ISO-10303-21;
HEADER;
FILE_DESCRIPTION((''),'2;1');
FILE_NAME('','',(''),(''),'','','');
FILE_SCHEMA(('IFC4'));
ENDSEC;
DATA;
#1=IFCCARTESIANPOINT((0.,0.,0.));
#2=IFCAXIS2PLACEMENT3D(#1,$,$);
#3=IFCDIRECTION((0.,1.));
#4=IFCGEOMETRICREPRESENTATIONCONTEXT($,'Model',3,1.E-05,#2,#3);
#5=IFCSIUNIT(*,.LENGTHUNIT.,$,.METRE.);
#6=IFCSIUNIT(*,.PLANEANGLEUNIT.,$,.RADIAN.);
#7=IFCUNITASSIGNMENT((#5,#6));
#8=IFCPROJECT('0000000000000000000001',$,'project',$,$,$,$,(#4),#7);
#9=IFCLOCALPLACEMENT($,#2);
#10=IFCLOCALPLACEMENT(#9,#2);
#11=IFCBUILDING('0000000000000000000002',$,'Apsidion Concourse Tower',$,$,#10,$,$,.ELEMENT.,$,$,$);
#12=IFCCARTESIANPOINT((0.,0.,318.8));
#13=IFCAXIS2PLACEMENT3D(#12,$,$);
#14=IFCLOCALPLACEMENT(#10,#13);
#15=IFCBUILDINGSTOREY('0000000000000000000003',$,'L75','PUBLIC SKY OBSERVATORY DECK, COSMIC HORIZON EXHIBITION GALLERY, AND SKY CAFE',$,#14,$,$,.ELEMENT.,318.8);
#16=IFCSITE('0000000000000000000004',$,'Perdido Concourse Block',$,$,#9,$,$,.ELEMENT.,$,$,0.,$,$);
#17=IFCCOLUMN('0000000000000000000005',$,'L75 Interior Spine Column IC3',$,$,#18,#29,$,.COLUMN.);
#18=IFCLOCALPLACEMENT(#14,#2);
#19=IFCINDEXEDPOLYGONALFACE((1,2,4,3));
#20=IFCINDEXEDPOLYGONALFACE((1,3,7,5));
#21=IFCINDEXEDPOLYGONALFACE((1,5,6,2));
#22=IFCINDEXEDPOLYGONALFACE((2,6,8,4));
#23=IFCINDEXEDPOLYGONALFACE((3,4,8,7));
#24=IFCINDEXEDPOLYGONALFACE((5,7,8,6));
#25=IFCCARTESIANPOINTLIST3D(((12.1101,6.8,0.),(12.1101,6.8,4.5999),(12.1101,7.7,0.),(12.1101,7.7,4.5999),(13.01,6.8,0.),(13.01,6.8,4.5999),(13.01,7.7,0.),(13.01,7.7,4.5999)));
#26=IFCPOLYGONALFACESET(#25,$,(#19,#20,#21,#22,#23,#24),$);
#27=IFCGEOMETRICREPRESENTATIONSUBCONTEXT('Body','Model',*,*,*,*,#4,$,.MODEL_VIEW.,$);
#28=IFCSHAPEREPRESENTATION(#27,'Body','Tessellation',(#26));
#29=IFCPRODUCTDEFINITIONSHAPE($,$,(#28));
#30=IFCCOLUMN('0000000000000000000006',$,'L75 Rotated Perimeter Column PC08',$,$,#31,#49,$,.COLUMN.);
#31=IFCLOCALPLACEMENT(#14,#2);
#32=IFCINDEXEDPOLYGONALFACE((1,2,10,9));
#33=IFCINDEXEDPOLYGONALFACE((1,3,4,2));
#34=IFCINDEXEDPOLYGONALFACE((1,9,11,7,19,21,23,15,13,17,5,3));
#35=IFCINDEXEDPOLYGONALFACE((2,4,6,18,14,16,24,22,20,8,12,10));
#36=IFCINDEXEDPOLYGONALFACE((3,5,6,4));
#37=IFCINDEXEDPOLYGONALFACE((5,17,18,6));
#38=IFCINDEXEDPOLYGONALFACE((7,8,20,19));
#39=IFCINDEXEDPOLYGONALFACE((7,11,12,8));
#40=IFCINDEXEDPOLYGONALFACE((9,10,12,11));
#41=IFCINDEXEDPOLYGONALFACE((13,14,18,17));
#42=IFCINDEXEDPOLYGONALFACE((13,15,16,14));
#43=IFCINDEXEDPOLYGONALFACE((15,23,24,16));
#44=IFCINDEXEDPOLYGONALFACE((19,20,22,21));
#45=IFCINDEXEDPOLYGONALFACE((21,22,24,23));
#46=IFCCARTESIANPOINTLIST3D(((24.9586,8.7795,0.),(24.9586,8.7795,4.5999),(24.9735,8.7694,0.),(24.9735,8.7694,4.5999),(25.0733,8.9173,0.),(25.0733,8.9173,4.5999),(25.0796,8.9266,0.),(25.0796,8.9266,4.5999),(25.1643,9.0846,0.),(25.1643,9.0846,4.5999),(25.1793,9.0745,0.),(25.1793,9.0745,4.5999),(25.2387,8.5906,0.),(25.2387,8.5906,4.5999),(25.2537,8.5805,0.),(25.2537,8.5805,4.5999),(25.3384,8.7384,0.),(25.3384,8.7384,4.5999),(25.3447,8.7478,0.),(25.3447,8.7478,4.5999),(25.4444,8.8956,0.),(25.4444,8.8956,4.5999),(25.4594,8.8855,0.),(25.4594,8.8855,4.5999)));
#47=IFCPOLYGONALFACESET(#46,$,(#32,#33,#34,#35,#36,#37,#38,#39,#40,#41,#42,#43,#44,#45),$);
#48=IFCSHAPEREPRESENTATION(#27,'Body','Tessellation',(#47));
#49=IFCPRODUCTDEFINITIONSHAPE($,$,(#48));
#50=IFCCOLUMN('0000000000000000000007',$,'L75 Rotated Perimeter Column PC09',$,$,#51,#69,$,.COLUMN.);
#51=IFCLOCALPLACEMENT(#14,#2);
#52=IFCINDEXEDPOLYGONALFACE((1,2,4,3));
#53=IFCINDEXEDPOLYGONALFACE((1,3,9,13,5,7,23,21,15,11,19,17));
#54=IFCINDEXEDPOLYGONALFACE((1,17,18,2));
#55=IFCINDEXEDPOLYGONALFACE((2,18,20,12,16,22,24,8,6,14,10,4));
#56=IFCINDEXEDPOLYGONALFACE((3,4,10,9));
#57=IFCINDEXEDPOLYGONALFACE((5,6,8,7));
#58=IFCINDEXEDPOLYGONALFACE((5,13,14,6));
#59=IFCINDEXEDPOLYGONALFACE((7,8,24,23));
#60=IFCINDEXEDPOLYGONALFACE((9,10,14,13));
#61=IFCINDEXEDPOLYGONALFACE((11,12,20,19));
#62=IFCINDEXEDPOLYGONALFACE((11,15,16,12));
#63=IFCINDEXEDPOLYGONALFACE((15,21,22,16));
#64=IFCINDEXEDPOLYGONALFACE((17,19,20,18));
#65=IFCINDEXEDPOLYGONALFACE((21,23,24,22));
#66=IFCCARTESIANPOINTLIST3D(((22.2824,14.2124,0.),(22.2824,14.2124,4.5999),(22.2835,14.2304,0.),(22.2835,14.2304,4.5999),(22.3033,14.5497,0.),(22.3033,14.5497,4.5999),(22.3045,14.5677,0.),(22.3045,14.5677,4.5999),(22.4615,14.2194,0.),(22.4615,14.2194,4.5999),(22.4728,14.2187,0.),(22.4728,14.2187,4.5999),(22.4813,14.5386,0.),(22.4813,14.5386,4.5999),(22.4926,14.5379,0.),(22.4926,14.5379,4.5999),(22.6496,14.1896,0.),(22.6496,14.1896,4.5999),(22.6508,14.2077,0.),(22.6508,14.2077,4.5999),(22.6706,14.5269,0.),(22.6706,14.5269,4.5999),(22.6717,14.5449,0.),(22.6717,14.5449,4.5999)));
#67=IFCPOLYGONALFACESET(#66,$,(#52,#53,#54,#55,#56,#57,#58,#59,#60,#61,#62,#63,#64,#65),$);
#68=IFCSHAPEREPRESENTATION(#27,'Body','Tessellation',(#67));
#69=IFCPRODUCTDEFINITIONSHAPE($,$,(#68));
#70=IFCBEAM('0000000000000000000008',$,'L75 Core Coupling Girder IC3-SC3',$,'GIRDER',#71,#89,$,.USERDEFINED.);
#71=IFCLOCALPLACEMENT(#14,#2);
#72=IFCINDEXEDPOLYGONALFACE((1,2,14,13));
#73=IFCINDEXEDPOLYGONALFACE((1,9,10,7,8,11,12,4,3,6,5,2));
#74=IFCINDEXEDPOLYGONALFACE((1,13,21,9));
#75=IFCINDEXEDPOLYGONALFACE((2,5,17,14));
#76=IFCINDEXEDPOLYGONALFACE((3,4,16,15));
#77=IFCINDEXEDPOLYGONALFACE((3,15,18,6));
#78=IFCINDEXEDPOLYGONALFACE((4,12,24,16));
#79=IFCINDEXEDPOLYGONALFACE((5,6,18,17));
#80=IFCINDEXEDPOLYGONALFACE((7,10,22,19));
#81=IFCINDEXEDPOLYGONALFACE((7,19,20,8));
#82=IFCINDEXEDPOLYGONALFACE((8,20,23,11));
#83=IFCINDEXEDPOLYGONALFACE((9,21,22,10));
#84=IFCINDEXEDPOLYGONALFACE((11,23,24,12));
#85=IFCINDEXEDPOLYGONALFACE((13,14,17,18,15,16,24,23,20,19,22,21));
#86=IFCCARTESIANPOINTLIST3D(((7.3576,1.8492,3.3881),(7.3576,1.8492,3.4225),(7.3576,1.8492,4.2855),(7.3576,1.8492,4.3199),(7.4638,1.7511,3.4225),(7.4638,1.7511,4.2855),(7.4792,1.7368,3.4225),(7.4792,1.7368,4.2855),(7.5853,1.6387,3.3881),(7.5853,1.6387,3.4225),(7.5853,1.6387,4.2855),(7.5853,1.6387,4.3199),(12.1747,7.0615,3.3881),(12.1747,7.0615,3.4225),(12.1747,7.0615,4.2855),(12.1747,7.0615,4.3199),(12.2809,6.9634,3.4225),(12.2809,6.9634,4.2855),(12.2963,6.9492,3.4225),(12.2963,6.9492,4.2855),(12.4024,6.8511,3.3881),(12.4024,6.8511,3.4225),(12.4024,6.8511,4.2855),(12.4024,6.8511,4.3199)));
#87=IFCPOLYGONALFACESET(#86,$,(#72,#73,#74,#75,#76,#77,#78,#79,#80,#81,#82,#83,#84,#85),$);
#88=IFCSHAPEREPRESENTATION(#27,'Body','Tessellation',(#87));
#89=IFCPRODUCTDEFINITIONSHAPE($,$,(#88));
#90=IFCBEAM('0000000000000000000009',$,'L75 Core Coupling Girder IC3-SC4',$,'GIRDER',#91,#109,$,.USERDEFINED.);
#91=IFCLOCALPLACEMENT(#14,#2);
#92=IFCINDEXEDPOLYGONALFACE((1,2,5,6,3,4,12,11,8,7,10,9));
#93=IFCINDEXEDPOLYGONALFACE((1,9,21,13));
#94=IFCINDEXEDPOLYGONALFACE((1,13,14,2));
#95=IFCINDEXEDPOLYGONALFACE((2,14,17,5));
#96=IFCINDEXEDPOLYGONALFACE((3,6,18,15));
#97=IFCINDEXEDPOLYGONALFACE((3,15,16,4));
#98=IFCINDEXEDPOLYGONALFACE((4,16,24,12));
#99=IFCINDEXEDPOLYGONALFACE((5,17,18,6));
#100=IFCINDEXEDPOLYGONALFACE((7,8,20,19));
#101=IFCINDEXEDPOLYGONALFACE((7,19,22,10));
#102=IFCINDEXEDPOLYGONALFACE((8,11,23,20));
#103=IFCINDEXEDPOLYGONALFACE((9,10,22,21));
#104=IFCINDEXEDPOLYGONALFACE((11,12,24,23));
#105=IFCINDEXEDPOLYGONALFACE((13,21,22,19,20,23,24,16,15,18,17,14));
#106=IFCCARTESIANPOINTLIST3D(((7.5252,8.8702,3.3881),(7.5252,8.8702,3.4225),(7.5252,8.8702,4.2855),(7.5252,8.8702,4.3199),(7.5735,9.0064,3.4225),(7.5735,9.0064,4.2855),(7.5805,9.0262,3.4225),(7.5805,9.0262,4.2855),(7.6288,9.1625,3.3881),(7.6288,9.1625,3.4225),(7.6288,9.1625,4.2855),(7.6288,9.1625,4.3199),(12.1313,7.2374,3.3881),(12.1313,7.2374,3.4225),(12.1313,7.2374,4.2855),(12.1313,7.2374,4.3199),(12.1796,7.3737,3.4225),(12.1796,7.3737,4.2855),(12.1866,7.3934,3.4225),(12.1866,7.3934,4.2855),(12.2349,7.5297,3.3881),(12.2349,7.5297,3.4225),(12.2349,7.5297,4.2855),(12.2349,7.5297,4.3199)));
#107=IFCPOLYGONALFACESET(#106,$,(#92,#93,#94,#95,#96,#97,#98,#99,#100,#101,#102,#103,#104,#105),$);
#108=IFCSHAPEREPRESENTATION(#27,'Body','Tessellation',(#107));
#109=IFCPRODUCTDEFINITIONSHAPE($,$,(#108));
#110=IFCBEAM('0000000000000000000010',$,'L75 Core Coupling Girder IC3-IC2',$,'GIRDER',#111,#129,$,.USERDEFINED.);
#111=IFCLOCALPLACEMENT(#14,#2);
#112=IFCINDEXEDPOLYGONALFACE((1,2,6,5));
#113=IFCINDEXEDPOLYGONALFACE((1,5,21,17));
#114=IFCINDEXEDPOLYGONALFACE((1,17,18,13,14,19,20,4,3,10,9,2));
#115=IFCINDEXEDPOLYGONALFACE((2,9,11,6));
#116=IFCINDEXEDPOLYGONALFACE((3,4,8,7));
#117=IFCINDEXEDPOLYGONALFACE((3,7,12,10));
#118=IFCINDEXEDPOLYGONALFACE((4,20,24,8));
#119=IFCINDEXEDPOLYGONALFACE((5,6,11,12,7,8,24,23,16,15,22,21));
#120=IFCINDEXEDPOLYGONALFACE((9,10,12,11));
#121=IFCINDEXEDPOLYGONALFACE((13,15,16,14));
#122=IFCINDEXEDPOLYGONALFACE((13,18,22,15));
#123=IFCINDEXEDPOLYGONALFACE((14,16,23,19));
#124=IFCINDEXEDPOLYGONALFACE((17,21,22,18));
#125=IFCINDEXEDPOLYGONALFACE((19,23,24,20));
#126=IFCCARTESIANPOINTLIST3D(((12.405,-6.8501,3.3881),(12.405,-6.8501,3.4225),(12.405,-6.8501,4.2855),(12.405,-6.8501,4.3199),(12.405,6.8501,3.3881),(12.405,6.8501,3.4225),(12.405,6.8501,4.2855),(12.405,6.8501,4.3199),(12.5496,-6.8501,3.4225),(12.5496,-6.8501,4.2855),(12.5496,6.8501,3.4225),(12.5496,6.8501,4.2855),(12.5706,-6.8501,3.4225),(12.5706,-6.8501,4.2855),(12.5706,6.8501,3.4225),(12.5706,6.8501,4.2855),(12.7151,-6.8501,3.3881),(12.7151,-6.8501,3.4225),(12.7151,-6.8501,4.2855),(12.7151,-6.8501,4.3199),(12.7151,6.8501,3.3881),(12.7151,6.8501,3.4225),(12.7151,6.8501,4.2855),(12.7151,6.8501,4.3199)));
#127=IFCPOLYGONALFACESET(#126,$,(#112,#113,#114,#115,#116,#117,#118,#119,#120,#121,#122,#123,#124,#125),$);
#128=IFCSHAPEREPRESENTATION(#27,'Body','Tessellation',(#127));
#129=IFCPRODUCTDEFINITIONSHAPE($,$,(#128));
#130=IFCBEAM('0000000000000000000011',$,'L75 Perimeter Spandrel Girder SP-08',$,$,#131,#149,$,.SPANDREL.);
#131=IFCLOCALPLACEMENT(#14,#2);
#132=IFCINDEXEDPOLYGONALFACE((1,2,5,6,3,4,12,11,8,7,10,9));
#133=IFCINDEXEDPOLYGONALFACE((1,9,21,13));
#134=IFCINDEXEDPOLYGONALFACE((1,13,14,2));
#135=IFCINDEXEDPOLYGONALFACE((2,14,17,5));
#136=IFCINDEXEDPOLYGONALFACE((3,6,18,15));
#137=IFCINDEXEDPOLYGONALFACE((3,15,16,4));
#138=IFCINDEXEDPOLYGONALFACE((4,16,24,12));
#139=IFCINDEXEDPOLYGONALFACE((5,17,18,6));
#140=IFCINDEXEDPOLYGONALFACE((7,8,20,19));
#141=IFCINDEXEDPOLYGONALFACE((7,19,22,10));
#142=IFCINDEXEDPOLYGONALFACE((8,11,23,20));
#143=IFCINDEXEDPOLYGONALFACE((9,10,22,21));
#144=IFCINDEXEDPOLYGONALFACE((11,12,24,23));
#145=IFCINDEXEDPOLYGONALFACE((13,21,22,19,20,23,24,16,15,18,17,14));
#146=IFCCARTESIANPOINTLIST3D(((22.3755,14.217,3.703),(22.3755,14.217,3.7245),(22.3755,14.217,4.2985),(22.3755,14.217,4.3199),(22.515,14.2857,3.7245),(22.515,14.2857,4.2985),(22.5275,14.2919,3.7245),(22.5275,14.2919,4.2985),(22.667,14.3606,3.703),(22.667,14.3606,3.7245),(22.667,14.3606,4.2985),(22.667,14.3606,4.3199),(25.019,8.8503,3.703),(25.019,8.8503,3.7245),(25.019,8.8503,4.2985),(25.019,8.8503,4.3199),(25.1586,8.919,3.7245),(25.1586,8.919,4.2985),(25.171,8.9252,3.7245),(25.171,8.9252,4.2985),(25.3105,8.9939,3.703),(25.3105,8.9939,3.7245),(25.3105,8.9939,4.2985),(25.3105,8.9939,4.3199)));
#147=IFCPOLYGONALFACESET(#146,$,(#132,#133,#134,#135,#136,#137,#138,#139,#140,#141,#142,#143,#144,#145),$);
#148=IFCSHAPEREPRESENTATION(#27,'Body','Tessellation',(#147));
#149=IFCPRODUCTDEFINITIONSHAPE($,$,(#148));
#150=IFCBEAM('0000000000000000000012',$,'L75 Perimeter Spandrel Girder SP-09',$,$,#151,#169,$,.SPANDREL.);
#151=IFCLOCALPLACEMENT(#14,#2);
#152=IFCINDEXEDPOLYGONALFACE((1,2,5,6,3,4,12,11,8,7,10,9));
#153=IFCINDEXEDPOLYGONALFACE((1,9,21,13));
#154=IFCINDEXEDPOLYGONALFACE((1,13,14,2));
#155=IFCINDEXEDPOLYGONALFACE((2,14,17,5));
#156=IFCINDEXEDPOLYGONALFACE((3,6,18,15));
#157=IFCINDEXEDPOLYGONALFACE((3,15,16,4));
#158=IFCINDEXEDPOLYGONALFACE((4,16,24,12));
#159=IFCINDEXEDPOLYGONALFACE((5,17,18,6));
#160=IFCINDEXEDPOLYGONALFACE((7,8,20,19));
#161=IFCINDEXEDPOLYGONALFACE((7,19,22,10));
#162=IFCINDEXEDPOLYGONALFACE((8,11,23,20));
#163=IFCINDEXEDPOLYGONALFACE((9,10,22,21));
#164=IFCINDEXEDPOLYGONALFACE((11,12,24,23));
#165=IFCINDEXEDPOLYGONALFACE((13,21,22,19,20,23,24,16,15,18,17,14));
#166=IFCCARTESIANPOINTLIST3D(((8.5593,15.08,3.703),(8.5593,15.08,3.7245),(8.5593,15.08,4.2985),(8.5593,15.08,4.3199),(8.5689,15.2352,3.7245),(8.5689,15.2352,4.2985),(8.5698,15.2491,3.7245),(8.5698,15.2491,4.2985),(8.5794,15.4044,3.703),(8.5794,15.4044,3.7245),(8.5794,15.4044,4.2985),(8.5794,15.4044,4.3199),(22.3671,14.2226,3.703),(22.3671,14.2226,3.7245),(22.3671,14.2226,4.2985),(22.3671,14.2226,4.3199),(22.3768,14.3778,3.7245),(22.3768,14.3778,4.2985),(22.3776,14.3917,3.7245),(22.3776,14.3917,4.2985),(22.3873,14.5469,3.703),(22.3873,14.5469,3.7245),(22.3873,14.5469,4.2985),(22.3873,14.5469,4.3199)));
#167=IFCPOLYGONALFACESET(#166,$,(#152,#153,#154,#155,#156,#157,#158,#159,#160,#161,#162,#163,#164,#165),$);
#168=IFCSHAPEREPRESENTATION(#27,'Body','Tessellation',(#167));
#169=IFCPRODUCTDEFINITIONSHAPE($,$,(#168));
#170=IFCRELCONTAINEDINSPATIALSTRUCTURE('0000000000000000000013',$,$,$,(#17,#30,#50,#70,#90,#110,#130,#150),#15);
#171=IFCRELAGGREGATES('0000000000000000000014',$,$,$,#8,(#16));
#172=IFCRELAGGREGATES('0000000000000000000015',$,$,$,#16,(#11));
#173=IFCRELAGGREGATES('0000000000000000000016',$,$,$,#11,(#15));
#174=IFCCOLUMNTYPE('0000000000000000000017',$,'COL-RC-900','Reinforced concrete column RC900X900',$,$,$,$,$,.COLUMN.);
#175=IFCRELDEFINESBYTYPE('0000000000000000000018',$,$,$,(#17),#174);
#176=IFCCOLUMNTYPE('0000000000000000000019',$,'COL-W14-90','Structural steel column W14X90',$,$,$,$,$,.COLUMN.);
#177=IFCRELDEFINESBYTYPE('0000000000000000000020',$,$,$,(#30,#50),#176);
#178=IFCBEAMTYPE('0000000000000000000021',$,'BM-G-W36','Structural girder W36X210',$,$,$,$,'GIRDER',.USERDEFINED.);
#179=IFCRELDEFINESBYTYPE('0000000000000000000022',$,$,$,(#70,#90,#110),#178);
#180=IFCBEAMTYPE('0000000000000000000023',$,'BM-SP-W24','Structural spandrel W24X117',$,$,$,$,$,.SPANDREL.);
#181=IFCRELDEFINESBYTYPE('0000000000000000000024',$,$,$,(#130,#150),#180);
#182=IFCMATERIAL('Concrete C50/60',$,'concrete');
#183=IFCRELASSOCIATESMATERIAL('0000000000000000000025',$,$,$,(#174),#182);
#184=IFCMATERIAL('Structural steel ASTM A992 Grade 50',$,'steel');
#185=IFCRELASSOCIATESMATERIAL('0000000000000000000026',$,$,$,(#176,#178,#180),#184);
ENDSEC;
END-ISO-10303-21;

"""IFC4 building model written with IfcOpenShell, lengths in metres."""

from ifc_helpers import new_model, si_unit, direction, frame, origin, origin_2d, place, context, subcontext, project, spatial, rectangle, i_section, extrude, material, material_profile, profile_set, type_object, element, save


model = new_model("IFC4")

# Units and contexts
model_context = context("Model", 3, precision=1e-05, world=origin(), true_north=direction((0.0, 1.0)))
body_context = subcontext(model_context, "Body", "Model", "MODEL_VIEW")
ifc_project = project(units=[si_unit("LENGTHUNIT", "METRE"), si_unit("PLANEANGLEUNIT", "RADIAN")], contexts=[model_context])

# Site, building, storey
site_placement = place(None, origin())
site = spatial("IfcSite", under=ifc_project, at=site_placement, Name="Perdido Concourse Block", CompositionType="ELEMENT", RefElevation=0.0)
building_placement = place(site_placement, origin())
building = spatial("IfcBuilding", under=site, at=building_placement, Name="Apsidion Concourse Tower", CompositionType="ELEMENT")
storey_placement = place(building_placement, frame((0.0, 0.0, 318.8)))
storey = spatial("IfcBuildingStorey", under=building, at=storey_placement, Name="L75", Description="PUBLIC SKY OBSERVATORY DECK, COSMIC HORIZON EXHIBITION GALLERY, AND SKY CAFE", CompositionType="ELEMENT", Elevation=318.8)

# Columns
ifc_material_1 = material(Name="Concrete C50/60", Category="concrete")
ifc_material_profile_1 = material_profile(ifc_material_1, rectangle(XDim=0.8999, YDim=0.8999, at=origin_2d()), Name="RC 900x900")
ifc_profile_set_1 = profile_set([ifc_material_profile_1], Name="Concrete C50/60")
column_type_1 = type_object("IfcColumnType", Name="COL-RC-900", Description="Reinforced concrete column RC900X900", PredefinedType="COLUMN", material=ifc_profile_set_1)
column_placement = place(storey_placement, frame((12.5601, 7.25, 0.0), z_axis=(0.0, 0.0, 1.0), x_axis=(1.0, 0.0, 0.0)))
element("IfcColumn", 1, at=column_placement, inside=storey, type_object=column_type_1, Name="L75 Interior Spine Column IC3", PredefinedType="COLUMN", context=body_context, shape_type="SweptSolid", body=[
    extrude(rectangle(XDim=0.8999, YDim=0.8999, at=origin_2d()), origin(), (0.0, 0.0, 1.0), 4.5999),
])
ifc_material_2 = material(Name="Structural steel ASTM A992 Grade 50", Category="steel")
ifc_material_profile_2 = material_profile(ifc_material_2, i_section(OverallWidth=0.3679, OverallDepth=0.356, WebThickness=0.0112, FlangeThickness=0.0181, at=origin_2d()), Name="W14X90")
ifc_profile_set_2 = profile_set([ifc_material_profile_2], Name="Structural steel ASTM A992 Grade 50")
column_type_2 = type_object("IfcColumnType", Name="COL-W14-90", Description="Structural steel column W14X90", PredefinedType="COLUMN", material=ifc_profile_set_2)
for number, where, z_axis, x_axis, name in (
    (2, (25.209, 8.8325, 0.0), (0.0, 0.0, 1.0), (0.559193, 0.829038, 0.0), "L75 Rotated Perimeter Column PC08"),
    (3, (22.4771, 14.3787, 0.0), (0.0, 0.0, 1.0), (-0.998081, 0.06192, 0.0), "L75 Rotated Perimeter Column PC09"),
):
    element("IfcColumn", number, at=place(storey_placement, frame(where, z_axis=z_axis, x_axis=x_axis)), inside=storey, type_object=column_type_2, Name=name, PredefinedType="COLUMN", context=body_context, shape_type="SweptSolid", body=[
        extrude(i_section(OverallWidth=0.3679, OverallDepth=0.356, WebThickness=0.0112, FlangeThickness=0.0181, at=origin_2d()), origin(), (0.0, 0.0, 1.0), 4.5999),
    ])

# Beams
ifc_material_profile_3 = material_profile(ifc_material_2, i_section(OverallWidth=0.3101, OverallDepth=0.9319, WebThickness=0.021, FlangeThickness=0.0344, at=origin_2d()), Name="W36X210")
ifc_profile_set_3 = profile_set([ifc_material_profile_3], Name="Structural steel ASTM A992 Grade 50")
beam_type_1 = type_object("IfcBeamType", Name="BM-G-W36", Description="Structural girder W36X210", ElementType="GIRDER", PredefinedType="USERDEFINED", material=ifc_profile_set_3)
beam_1_placement = place(storey_placement, frame((12.2886, 6.9563, 3.854), z_axis=(-0.678713, -0.734404, 0.0), x_axis=(0.734404, -0.678713, 0.0)))
element("IfcBeam", 4, at=beam_1_placement, inside=storey, type_object=beam_type_1, Name="L75 Core Coupling Girder IC3-SC3", ObjectType="GIRDER", PredefinedType="USERDEFINED", context=body_context, shape_type="SweptSolid", body=[
    extrude(i_section(OverallWidth=0.3101, OverallDepth=0.9319, WebThickness=0.021, FlangeThickness=0.0344, at=origin_2d()), origin(), (0.0, 0.0, 1.0), 7.0974),
])
beam_2_placement = place(storey_placement, frame((12.1831, 7.3835, 3.854), z_axis=(-0.942534, 0.334111, 0.0), x_axis=(-0.334111, -0.942534, 0.0)))
element("IfcBeam", 5, at=beam_2_placement, inside=storey, type_object=beam_type_1, Name="L75 Core Coupling Girder IC3-SC4", ObjectType="GIRDER", PredefinedType="USERDEFINED", context=body_context, shape_type="SweptSolid", body=[
    extrude(i_section(OverallWidth=0.3101, OverallDepth=0.9319, WebThickness=0.021, FlangeThickness=0.0344, at=origin_2d()), origin(), (0.0, 0.0, 1.0), 4.887),
])
beam_3_placement = place(storey_placement, frame((12.5601, 6.8501, 3.854), z_axis=(0.0, -1.0, 0.0), x_axis=(1.0, 0.0, 0.0)))
element("IfcBeam", 6, at=beam_3_placement, inside=storey, type_object=beam_type_1, Name="L75 Core Coupling Girder IC3-IC2", ObjectType="GIRDER", PredefinedType="USERDEFINED", context=body_context, shape_type="SweptSolid", body=[
    extrude(i_section(OverallWidth=0.3101, OverallDepth=0.9319, WebThickness=0.021, FlangeThickness=0.0344, at=origin_2d()), origin(), (0.0, 0.0, 1.0), 13.7002),
])
ifc_material_profile_4 = material_profile(ifc_material_2, i_section(OverallWidth=0.325, OverallDepth=0.6169, WebThickness=0.0139, FlangeThickness=0.0215, at=origin_2d()), Name="W24X117")
ifc_profile_set_4 = profile_set([ifc_material_profile_4], Name="Structural steel ASTM A992 Grade 50")
beam_type_2 = type_object("IfcBeamType", Name="BM-SP-W24", Description="Structural spandrel W24X117", PredefinedType="SPANDREL", material=ifc_profile_set_4)
beam_4_placement = place(storey_placement, frame((25.1648, 8.9221, 4.0115), z_axis=(-0.441884, 0.897072, 0.0), x_axis=(-0.897072, -0.441884, 0.0)))
element("IfcBeam", 7, at=beam_4_placement, inside=storey, type_object=beam_type_2, Name="L75 Perimeter Spandrel Girder SP-08", PredefinedType="SPANDREL", context=body_context, shape_type="SweptSolid", body=[
    extrude(i_section(OverallWidth=0.325, OverallDepth=0.6169, WebThickness=0.0139, FlangeThickness=0.0215, at=origin_2d()), origin(), (0.0, 0.0, 1.0), 5.9824),
])
beam_5_placement = place(storey_placement, frame((22.3772, 14.3848, 4.0115), z_axis=(-0.998078, 0.061977, 0.0), x_axis=(-0.061977, -0.998078, 0.0)))
element("IfcBeam", 8, at=beam_5_placement, inside=storey, type_object=beam_type_2, Name="L75 Perimeter Spandrel Girder SP-09", PredefinedType="SPANDREL", context=body_context, shape_type="SweptSolid", body=[
    extrude(i_section(OverallWidth=0.325, OverallDepth=0.6169, WebThickness=0.0139, FlangeThickness=0.0215, at=origin_2d()), origin(), (0.0, 0.0, 1.0), 13.8345),
])

save(model, "model.ifc")
